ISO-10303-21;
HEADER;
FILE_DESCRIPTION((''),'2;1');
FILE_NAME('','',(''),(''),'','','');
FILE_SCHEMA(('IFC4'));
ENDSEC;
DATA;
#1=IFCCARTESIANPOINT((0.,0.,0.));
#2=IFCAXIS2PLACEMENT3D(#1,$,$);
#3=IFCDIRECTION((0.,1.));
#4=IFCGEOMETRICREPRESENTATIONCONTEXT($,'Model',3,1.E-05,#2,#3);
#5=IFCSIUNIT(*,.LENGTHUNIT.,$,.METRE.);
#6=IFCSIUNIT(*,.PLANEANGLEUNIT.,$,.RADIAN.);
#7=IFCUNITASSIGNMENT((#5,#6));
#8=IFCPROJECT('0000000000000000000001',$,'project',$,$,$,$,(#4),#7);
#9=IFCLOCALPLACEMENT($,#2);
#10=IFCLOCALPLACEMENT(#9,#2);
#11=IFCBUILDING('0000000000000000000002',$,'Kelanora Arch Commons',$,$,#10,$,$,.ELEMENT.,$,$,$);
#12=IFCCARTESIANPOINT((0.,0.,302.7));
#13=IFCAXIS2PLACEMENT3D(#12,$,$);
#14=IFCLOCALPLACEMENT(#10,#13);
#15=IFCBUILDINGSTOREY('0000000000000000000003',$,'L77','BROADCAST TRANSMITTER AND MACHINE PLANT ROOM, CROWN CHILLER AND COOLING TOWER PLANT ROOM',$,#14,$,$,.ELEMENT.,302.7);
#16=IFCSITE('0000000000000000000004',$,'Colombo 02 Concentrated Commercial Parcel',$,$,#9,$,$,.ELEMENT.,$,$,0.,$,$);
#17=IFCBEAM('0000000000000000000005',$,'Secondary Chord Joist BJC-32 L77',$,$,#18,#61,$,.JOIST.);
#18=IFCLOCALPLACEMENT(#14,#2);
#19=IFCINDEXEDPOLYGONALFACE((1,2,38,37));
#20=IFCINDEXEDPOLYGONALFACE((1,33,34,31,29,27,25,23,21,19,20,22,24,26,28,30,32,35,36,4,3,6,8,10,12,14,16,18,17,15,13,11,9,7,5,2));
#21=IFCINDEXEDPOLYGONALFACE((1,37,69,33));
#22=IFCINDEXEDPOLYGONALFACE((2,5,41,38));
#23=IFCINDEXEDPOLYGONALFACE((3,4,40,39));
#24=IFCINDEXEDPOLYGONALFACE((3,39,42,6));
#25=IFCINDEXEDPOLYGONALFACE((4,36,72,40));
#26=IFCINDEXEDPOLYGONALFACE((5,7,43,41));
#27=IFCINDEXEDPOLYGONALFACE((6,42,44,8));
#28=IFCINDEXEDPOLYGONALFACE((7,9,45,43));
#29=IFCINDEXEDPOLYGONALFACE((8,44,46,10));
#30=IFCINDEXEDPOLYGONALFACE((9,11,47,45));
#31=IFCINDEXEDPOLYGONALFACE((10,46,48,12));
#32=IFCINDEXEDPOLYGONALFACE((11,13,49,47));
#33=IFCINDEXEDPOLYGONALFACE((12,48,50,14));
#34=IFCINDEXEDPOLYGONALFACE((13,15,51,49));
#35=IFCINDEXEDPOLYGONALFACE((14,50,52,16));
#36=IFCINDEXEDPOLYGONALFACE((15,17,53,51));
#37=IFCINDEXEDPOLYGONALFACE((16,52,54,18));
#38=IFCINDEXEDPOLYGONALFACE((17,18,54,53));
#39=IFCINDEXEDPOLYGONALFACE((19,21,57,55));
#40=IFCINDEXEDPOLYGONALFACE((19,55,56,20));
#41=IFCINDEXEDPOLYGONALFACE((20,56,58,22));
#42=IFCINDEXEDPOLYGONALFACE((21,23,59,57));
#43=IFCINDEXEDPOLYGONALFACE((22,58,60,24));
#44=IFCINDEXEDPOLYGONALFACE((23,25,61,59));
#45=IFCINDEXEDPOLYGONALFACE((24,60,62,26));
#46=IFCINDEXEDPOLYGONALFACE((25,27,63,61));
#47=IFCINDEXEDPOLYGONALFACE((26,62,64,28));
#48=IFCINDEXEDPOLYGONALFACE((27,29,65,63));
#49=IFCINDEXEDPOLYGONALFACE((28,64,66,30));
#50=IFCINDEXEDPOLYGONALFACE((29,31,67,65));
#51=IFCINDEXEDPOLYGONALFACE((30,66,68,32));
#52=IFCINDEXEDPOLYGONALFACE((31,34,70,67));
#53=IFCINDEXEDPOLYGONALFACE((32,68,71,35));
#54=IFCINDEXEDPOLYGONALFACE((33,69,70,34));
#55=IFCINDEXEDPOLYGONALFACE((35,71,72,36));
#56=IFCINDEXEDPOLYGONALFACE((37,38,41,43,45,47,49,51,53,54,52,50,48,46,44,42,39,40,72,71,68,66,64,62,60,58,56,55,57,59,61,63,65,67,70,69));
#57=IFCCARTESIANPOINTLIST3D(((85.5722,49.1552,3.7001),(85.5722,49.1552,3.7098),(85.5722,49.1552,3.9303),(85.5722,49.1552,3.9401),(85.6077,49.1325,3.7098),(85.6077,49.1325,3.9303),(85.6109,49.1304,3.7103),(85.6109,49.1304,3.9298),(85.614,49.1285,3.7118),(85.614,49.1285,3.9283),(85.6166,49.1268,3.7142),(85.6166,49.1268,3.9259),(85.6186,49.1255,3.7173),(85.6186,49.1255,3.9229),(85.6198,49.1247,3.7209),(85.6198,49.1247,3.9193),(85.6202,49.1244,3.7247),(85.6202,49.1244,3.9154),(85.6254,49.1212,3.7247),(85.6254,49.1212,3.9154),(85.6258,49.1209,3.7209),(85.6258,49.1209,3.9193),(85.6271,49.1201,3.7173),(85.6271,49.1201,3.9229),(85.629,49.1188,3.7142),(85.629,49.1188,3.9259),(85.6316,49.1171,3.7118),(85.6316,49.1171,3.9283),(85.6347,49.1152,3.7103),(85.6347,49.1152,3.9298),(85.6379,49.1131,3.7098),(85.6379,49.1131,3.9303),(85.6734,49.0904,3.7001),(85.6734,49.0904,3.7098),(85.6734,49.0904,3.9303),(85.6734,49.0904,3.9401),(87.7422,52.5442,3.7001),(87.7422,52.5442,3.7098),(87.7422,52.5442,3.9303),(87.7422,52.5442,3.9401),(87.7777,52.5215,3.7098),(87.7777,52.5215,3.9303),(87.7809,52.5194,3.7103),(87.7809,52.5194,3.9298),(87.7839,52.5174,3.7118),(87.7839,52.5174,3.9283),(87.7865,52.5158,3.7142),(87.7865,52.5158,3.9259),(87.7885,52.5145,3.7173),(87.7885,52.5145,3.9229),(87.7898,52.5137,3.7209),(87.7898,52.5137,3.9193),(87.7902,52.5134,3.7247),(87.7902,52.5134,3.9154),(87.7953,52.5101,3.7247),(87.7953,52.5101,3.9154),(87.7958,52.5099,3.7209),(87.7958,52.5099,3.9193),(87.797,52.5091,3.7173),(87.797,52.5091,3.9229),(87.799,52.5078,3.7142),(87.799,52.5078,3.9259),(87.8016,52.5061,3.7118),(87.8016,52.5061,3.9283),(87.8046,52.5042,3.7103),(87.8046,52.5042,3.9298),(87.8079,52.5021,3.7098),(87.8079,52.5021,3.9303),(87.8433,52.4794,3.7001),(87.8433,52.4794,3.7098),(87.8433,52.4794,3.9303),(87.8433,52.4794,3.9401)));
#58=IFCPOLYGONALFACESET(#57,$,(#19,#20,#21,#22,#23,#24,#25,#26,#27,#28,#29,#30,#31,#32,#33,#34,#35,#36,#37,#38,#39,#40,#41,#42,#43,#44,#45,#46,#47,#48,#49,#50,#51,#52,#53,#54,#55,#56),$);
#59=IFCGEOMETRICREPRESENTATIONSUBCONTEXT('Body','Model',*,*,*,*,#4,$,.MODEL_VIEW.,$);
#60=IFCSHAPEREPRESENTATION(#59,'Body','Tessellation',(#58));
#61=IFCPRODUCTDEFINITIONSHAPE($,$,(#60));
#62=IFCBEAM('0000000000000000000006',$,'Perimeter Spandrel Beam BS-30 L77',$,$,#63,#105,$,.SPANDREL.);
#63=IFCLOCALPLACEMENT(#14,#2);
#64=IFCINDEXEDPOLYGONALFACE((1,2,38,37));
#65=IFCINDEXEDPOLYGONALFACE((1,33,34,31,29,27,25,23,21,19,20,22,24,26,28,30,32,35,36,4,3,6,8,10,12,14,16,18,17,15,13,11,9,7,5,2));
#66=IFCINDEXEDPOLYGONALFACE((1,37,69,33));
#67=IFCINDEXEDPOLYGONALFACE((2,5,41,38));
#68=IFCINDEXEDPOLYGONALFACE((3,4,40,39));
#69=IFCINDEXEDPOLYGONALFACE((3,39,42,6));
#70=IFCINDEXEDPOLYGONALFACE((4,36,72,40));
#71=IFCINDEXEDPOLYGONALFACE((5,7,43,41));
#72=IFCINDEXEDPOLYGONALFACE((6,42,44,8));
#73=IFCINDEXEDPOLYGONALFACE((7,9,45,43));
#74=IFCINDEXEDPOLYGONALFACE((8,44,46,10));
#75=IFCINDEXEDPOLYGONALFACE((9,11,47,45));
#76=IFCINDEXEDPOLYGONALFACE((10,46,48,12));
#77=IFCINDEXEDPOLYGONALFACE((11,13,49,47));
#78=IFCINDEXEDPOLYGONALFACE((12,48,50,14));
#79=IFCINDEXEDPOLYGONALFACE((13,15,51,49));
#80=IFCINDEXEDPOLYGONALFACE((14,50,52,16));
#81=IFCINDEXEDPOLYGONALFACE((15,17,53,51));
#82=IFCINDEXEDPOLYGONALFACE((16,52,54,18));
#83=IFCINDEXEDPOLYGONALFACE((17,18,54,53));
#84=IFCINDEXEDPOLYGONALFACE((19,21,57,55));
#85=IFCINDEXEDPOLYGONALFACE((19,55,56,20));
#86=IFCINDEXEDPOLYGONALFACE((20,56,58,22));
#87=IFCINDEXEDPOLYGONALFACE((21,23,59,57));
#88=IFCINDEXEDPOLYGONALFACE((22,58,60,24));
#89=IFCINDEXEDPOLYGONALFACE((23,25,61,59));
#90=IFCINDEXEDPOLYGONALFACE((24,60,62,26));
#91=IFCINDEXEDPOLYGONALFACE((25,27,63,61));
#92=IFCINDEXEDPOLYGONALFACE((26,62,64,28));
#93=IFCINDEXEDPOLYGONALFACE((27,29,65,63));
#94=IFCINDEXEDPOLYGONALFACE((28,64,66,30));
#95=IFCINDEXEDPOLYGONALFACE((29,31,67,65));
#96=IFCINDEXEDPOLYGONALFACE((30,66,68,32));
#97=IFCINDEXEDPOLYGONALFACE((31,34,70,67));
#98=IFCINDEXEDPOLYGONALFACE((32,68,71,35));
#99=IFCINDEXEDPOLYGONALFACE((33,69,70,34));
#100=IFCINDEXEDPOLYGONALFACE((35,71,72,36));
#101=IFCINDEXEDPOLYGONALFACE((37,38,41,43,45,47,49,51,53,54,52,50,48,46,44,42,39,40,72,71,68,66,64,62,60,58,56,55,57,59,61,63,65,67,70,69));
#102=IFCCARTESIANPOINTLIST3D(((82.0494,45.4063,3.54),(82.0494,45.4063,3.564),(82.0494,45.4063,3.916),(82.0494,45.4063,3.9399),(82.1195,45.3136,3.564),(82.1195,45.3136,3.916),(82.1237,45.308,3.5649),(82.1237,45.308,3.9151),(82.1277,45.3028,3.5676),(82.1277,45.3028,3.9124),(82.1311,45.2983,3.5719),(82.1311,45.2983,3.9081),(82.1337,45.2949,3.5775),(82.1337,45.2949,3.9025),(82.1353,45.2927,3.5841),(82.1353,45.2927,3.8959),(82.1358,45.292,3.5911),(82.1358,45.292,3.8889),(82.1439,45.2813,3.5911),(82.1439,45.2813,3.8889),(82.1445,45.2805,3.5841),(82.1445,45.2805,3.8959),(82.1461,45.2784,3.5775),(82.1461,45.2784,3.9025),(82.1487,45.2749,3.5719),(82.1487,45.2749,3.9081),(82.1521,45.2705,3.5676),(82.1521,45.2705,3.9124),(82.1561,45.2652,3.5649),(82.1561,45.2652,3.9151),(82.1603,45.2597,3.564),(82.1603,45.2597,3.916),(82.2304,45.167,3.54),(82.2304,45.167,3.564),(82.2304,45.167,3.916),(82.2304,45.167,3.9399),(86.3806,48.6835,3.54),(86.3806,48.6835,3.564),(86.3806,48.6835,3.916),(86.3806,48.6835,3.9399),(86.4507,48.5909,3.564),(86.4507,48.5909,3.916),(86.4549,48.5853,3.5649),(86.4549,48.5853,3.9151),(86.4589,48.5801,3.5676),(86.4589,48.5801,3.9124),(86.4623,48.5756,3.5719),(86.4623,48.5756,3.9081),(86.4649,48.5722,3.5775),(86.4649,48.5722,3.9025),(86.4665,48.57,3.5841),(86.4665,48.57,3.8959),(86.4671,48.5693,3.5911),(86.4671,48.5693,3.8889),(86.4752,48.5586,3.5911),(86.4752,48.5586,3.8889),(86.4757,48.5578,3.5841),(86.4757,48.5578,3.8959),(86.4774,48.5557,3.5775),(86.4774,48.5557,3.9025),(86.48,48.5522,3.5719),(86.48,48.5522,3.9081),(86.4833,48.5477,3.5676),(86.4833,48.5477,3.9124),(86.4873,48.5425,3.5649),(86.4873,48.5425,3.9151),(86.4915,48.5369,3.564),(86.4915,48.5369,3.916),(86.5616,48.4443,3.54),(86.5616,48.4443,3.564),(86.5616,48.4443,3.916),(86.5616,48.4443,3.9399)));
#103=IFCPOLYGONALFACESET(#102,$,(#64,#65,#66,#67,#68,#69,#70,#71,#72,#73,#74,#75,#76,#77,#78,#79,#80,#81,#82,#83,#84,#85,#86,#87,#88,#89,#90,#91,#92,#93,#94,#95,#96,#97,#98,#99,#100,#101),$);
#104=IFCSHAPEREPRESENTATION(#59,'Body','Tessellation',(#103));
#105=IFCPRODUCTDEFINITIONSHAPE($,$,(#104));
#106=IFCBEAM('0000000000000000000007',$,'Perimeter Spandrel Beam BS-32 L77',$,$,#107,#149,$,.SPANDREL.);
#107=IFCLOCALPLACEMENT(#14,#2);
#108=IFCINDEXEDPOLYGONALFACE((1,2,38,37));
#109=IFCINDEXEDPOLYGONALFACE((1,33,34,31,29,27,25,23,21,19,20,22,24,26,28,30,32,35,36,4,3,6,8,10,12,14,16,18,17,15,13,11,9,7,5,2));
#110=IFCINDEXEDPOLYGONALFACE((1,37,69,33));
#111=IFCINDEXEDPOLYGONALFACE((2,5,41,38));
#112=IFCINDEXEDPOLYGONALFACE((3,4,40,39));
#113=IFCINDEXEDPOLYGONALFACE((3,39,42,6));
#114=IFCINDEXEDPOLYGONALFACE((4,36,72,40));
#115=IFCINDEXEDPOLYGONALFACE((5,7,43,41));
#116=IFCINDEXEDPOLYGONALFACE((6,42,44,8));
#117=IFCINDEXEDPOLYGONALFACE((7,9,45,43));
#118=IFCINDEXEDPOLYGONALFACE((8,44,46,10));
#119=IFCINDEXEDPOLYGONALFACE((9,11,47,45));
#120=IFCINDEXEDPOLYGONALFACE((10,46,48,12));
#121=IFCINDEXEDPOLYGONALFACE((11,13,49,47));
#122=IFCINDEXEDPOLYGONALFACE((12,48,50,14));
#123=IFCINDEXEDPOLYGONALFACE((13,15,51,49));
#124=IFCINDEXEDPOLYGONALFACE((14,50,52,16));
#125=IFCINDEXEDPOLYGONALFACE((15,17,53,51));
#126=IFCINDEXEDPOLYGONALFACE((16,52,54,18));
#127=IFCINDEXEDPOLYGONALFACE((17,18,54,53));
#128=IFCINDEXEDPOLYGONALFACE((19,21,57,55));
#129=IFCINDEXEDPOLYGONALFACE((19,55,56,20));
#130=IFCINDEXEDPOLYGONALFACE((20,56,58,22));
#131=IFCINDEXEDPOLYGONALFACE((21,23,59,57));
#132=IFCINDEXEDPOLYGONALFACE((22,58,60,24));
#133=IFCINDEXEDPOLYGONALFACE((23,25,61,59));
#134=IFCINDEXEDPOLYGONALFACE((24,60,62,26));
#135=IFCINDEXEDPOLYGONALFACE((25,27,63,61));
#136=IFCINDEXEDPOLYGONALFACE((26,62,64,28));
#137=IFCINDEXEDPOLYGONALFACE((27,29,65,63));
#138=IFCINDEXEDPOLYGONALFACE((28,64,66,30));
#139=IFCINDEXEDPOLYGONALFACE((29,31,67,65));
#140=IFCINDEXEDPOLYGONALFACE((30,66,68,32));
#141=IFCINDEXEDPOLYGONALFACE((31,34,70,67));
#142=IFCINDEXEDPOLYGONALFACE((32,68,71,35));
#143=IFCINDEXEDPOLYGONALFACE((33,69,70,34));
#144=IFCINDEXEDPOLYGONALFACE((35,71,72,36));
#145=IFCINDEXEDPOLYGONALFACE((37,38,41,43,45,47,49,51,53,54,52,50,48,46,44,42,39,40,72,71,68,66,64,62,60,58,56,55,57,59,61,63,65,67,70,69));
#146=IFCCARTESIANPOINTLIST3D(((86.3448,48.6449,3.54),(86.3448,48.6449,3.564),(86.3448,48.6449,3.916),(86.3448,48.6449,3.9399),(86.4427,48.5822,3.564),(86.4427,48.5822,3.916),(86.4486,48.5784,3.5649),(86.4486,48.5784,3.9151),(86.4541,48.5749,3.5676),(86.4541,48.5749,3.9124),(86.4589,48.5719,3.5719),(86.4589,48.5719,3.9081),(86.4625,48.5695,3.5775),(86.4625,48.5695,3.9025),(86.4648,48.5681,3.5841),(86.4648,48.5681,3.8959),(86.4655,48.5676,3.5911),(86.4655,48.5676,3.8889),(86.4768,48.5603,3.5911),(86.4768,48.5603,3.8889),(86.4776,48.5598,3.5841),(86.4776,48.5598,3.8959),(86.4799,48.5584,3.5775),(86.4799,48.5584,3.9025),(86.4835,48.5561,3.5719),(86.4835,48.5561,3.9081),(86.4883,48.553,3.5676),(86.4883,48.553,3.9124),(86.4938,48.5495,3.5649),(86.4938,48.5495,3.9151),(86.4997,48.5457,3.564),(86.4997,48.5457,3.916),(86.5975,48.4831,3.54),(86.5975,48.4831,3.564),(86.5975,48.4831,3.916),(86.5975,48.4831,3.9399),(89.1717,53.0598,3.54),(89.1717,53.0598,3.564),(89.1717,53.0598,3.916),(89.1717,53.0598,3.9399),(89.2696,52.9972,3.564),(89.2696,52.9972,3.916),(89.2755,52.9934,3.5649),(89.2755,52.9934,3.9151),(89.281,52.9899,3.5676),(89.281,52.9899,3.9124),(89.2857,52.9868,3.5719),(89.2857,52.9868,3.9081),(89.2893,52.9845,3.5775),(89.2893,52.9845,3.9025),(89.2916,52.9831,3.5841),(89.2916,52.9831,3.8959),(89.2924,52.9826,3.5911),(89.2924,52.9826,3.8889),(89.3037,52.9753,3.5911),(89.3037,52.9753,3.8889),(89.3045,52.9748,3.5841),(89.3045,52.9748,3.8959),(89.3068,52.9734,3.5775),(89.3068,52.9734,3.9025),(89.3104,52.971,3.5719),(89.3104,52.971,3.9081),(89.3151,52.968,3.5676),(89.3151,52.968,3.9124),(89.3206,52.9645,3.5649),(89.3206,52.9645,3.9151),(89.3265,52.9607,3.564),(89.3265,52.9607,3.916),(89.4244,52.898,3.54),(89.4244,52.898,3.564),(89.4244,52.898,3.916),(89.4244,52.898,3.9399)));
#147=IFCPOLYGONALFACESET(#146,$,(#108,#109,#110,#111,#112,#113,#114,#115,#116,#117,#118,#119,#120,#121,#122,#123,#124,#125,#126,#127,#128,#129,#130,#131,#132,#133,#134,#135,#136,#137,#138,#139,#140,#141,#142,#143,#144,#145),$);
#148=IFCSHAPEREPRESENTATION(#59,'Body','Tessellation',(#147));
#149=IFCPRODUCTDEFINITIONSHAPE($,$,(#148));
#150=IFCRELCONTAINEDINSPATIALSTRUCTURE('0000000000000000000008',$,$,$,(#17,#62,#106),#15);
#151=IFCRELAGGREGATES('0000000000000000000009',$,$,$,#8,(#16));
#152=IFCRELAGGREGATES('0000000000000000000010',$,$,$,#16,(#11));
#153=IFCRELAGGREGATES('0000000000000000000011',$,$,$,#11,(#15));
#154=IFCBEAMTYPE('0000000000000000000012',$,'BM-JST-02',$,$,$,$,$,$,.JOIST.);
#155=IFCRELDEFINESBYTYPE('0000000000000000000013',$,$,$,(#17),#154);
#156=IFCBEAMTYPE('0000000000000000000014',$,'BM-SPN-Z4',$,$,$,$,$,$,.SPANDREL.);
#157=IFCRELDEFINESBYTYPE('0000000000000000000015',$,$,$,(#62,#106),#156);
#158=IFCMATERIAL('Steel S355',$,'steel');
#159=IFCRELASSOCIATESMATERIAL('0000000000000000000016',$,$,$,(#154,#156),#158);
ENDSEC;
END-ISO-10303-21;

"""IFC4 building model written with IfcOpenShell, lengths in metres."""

from ifc_helpers import new_model, si_unit, direction, frame, origin, origin_2d, place, context, subcontext, project, spatial, i_section, extrude, material, material_profile, profile_set, type_object, element, save


model = new_model("IFC4")

# Units and contexts
model_context = context("Model", 3, precision=1e-05, world=origin(), true_north=direction((0.0, 1.0)))
body_context = subcontext(model_context, "Body", "Model", "MODEL_VIEW")
ifc_project = project(units=[si_unit("LENGTHUNIT", "METRE"), si_unit("PLANEANGLEUNIT", "RADIAN")], contexts=[model_context])

# Site, building, storey
site_placement = place(None, origin())
site = spatial("IfcSite", under=ifc_project, at=site_placement, Name="Colombo 02 Concentrated Commercial Parcel", CompositionType="ELEMENT", RefElevation=0.0)
building_placement = place(site_placement, origin())
building = spatial("IfcBuilding", under=site, at=building_placement, Name="Kelanora Arch Commons", CompositionType="ELEMENT")
storey_placement = place(building_placement, frame((0.0, 0.0, 302.7)))
storey = spatial("IfcBuildingStorey", under=building, at=storey_placement, Name="L77", Description="BROADCAST TRANSMITTER AND MACHINE PLANT ROOM, CROWN CHILLER AND COOLING TOWER PLANT ROOM", CompositionType="ELEMENT", Elevation=302.7)

# Beams
ifc_material_1 = material(Name="Steel S355", Category="steel")
ifc_material_profile_1 = material_profile(ifc_material_1, i_section(OverallWidth=0.1201, OverallDepth=0.24, WebThickness=0.0061, FlangeThickness=0.0098, FilletRadius=0.0149, at=origin_2d()), Name="IPE240")
ifc_profile_set_1 = profile_set([ifc_material_profile_1], Name="Steel S355")
beam_type_1 = type_object("IfcBeamType", Name="BM-JST-02", PredefinedType="JOIST", material=ifc_profile_set_1)
beam_1_placement = place(storey_placement, frame((85.6228, 49.1228, 3.8201), z_axis=(0.539233, 0.842157, 0.0), x_axis=(-0.842157, 0.539233, 0.0)))
element("IfcBeam", 1, at=beam_1_placement, inside=storey, type_object=beam_type_1, Name="Secondary Chord Joist BJC-32 L77", PredefinedType="JOIST", context=body_context, shape_type="SweptSolid", body=[
    extrude(i_section(OverallWidth=0.1201, OverallDepth=0.24, WebThickness=0.0061, FlangeThickness=0.0098, FilletRadius=0.0149, at=origin_2d()), origin(), (0.0, 0.0, 1.0), 4.0242),
])
ifc_material_profile_2 = material_profile(ifc_material_1, i_section(OverallWidth=0.3, OverallDepth=0.3999, WebThickness=0.0134, FlangeThickness=0.0239, FilletRadius=0.0271, at=origin_2d()), Name="HEB400")
ifc_profile_set_2 = profile_set([ifc_material_profile_2], Name="Steel S355")
beam_type_2 = type_object("IfcBeamType", Name="BM-SPN-Z4", PredefinedType="SPANDREL", material=ifc_profile_set_2)
beam_2_placement = place(storey_placement, frame((82.1399, 45.2866, 3.74), z_axis=(0.797441, 0.603396, 0.0), x_axis=(-0.603396, 0.797441, 0.0)))
element("IfcBeam", 2, at=beam_2_placement, inside=storey, type_object=beam_type_2, Name="Perimeter Spandrel Beam BS-30 L77", PredefinedType="SPANDREL", context=body_context, shape_type="SweptSolid", body=[
    extrude(i_section(OverallWidth=0.3, OverallDepth=0.3999, WebThickness=0.0134, FlangeThickness=0.0239, FilletRadius=0.0271, at=origin_2d()), origin(), (0.0, 0.0, 1.0), 5.4314),
])
beam_3_placement = place(storey_placement, frame((86.4712, 48.564, 3.74), z_axis=(0.539227, 0.842161, 0.0), x_axis=(-0.842161, 0.539227, 0.0)))
element("IfcBeam", 3, at=beam_3_placement, inside=storey, type_object=beam_type_2, Name="Perimeter Spandrel Beam BS-32 L77", PredefinedType="SPANDREL", context=body_context, shape_type="SweptSolid", body=[
    extrude(i_section(OverallWidth=0.3, OverallDepth=0.3999, WebThickness=0.0134, FlangeThickness=0.0239, FilletRadius=0.0271, at=origin_2d()), origin(), (0.0, 0.0, 1.0), 5.2424),
])

save(model, "model.ifc")
